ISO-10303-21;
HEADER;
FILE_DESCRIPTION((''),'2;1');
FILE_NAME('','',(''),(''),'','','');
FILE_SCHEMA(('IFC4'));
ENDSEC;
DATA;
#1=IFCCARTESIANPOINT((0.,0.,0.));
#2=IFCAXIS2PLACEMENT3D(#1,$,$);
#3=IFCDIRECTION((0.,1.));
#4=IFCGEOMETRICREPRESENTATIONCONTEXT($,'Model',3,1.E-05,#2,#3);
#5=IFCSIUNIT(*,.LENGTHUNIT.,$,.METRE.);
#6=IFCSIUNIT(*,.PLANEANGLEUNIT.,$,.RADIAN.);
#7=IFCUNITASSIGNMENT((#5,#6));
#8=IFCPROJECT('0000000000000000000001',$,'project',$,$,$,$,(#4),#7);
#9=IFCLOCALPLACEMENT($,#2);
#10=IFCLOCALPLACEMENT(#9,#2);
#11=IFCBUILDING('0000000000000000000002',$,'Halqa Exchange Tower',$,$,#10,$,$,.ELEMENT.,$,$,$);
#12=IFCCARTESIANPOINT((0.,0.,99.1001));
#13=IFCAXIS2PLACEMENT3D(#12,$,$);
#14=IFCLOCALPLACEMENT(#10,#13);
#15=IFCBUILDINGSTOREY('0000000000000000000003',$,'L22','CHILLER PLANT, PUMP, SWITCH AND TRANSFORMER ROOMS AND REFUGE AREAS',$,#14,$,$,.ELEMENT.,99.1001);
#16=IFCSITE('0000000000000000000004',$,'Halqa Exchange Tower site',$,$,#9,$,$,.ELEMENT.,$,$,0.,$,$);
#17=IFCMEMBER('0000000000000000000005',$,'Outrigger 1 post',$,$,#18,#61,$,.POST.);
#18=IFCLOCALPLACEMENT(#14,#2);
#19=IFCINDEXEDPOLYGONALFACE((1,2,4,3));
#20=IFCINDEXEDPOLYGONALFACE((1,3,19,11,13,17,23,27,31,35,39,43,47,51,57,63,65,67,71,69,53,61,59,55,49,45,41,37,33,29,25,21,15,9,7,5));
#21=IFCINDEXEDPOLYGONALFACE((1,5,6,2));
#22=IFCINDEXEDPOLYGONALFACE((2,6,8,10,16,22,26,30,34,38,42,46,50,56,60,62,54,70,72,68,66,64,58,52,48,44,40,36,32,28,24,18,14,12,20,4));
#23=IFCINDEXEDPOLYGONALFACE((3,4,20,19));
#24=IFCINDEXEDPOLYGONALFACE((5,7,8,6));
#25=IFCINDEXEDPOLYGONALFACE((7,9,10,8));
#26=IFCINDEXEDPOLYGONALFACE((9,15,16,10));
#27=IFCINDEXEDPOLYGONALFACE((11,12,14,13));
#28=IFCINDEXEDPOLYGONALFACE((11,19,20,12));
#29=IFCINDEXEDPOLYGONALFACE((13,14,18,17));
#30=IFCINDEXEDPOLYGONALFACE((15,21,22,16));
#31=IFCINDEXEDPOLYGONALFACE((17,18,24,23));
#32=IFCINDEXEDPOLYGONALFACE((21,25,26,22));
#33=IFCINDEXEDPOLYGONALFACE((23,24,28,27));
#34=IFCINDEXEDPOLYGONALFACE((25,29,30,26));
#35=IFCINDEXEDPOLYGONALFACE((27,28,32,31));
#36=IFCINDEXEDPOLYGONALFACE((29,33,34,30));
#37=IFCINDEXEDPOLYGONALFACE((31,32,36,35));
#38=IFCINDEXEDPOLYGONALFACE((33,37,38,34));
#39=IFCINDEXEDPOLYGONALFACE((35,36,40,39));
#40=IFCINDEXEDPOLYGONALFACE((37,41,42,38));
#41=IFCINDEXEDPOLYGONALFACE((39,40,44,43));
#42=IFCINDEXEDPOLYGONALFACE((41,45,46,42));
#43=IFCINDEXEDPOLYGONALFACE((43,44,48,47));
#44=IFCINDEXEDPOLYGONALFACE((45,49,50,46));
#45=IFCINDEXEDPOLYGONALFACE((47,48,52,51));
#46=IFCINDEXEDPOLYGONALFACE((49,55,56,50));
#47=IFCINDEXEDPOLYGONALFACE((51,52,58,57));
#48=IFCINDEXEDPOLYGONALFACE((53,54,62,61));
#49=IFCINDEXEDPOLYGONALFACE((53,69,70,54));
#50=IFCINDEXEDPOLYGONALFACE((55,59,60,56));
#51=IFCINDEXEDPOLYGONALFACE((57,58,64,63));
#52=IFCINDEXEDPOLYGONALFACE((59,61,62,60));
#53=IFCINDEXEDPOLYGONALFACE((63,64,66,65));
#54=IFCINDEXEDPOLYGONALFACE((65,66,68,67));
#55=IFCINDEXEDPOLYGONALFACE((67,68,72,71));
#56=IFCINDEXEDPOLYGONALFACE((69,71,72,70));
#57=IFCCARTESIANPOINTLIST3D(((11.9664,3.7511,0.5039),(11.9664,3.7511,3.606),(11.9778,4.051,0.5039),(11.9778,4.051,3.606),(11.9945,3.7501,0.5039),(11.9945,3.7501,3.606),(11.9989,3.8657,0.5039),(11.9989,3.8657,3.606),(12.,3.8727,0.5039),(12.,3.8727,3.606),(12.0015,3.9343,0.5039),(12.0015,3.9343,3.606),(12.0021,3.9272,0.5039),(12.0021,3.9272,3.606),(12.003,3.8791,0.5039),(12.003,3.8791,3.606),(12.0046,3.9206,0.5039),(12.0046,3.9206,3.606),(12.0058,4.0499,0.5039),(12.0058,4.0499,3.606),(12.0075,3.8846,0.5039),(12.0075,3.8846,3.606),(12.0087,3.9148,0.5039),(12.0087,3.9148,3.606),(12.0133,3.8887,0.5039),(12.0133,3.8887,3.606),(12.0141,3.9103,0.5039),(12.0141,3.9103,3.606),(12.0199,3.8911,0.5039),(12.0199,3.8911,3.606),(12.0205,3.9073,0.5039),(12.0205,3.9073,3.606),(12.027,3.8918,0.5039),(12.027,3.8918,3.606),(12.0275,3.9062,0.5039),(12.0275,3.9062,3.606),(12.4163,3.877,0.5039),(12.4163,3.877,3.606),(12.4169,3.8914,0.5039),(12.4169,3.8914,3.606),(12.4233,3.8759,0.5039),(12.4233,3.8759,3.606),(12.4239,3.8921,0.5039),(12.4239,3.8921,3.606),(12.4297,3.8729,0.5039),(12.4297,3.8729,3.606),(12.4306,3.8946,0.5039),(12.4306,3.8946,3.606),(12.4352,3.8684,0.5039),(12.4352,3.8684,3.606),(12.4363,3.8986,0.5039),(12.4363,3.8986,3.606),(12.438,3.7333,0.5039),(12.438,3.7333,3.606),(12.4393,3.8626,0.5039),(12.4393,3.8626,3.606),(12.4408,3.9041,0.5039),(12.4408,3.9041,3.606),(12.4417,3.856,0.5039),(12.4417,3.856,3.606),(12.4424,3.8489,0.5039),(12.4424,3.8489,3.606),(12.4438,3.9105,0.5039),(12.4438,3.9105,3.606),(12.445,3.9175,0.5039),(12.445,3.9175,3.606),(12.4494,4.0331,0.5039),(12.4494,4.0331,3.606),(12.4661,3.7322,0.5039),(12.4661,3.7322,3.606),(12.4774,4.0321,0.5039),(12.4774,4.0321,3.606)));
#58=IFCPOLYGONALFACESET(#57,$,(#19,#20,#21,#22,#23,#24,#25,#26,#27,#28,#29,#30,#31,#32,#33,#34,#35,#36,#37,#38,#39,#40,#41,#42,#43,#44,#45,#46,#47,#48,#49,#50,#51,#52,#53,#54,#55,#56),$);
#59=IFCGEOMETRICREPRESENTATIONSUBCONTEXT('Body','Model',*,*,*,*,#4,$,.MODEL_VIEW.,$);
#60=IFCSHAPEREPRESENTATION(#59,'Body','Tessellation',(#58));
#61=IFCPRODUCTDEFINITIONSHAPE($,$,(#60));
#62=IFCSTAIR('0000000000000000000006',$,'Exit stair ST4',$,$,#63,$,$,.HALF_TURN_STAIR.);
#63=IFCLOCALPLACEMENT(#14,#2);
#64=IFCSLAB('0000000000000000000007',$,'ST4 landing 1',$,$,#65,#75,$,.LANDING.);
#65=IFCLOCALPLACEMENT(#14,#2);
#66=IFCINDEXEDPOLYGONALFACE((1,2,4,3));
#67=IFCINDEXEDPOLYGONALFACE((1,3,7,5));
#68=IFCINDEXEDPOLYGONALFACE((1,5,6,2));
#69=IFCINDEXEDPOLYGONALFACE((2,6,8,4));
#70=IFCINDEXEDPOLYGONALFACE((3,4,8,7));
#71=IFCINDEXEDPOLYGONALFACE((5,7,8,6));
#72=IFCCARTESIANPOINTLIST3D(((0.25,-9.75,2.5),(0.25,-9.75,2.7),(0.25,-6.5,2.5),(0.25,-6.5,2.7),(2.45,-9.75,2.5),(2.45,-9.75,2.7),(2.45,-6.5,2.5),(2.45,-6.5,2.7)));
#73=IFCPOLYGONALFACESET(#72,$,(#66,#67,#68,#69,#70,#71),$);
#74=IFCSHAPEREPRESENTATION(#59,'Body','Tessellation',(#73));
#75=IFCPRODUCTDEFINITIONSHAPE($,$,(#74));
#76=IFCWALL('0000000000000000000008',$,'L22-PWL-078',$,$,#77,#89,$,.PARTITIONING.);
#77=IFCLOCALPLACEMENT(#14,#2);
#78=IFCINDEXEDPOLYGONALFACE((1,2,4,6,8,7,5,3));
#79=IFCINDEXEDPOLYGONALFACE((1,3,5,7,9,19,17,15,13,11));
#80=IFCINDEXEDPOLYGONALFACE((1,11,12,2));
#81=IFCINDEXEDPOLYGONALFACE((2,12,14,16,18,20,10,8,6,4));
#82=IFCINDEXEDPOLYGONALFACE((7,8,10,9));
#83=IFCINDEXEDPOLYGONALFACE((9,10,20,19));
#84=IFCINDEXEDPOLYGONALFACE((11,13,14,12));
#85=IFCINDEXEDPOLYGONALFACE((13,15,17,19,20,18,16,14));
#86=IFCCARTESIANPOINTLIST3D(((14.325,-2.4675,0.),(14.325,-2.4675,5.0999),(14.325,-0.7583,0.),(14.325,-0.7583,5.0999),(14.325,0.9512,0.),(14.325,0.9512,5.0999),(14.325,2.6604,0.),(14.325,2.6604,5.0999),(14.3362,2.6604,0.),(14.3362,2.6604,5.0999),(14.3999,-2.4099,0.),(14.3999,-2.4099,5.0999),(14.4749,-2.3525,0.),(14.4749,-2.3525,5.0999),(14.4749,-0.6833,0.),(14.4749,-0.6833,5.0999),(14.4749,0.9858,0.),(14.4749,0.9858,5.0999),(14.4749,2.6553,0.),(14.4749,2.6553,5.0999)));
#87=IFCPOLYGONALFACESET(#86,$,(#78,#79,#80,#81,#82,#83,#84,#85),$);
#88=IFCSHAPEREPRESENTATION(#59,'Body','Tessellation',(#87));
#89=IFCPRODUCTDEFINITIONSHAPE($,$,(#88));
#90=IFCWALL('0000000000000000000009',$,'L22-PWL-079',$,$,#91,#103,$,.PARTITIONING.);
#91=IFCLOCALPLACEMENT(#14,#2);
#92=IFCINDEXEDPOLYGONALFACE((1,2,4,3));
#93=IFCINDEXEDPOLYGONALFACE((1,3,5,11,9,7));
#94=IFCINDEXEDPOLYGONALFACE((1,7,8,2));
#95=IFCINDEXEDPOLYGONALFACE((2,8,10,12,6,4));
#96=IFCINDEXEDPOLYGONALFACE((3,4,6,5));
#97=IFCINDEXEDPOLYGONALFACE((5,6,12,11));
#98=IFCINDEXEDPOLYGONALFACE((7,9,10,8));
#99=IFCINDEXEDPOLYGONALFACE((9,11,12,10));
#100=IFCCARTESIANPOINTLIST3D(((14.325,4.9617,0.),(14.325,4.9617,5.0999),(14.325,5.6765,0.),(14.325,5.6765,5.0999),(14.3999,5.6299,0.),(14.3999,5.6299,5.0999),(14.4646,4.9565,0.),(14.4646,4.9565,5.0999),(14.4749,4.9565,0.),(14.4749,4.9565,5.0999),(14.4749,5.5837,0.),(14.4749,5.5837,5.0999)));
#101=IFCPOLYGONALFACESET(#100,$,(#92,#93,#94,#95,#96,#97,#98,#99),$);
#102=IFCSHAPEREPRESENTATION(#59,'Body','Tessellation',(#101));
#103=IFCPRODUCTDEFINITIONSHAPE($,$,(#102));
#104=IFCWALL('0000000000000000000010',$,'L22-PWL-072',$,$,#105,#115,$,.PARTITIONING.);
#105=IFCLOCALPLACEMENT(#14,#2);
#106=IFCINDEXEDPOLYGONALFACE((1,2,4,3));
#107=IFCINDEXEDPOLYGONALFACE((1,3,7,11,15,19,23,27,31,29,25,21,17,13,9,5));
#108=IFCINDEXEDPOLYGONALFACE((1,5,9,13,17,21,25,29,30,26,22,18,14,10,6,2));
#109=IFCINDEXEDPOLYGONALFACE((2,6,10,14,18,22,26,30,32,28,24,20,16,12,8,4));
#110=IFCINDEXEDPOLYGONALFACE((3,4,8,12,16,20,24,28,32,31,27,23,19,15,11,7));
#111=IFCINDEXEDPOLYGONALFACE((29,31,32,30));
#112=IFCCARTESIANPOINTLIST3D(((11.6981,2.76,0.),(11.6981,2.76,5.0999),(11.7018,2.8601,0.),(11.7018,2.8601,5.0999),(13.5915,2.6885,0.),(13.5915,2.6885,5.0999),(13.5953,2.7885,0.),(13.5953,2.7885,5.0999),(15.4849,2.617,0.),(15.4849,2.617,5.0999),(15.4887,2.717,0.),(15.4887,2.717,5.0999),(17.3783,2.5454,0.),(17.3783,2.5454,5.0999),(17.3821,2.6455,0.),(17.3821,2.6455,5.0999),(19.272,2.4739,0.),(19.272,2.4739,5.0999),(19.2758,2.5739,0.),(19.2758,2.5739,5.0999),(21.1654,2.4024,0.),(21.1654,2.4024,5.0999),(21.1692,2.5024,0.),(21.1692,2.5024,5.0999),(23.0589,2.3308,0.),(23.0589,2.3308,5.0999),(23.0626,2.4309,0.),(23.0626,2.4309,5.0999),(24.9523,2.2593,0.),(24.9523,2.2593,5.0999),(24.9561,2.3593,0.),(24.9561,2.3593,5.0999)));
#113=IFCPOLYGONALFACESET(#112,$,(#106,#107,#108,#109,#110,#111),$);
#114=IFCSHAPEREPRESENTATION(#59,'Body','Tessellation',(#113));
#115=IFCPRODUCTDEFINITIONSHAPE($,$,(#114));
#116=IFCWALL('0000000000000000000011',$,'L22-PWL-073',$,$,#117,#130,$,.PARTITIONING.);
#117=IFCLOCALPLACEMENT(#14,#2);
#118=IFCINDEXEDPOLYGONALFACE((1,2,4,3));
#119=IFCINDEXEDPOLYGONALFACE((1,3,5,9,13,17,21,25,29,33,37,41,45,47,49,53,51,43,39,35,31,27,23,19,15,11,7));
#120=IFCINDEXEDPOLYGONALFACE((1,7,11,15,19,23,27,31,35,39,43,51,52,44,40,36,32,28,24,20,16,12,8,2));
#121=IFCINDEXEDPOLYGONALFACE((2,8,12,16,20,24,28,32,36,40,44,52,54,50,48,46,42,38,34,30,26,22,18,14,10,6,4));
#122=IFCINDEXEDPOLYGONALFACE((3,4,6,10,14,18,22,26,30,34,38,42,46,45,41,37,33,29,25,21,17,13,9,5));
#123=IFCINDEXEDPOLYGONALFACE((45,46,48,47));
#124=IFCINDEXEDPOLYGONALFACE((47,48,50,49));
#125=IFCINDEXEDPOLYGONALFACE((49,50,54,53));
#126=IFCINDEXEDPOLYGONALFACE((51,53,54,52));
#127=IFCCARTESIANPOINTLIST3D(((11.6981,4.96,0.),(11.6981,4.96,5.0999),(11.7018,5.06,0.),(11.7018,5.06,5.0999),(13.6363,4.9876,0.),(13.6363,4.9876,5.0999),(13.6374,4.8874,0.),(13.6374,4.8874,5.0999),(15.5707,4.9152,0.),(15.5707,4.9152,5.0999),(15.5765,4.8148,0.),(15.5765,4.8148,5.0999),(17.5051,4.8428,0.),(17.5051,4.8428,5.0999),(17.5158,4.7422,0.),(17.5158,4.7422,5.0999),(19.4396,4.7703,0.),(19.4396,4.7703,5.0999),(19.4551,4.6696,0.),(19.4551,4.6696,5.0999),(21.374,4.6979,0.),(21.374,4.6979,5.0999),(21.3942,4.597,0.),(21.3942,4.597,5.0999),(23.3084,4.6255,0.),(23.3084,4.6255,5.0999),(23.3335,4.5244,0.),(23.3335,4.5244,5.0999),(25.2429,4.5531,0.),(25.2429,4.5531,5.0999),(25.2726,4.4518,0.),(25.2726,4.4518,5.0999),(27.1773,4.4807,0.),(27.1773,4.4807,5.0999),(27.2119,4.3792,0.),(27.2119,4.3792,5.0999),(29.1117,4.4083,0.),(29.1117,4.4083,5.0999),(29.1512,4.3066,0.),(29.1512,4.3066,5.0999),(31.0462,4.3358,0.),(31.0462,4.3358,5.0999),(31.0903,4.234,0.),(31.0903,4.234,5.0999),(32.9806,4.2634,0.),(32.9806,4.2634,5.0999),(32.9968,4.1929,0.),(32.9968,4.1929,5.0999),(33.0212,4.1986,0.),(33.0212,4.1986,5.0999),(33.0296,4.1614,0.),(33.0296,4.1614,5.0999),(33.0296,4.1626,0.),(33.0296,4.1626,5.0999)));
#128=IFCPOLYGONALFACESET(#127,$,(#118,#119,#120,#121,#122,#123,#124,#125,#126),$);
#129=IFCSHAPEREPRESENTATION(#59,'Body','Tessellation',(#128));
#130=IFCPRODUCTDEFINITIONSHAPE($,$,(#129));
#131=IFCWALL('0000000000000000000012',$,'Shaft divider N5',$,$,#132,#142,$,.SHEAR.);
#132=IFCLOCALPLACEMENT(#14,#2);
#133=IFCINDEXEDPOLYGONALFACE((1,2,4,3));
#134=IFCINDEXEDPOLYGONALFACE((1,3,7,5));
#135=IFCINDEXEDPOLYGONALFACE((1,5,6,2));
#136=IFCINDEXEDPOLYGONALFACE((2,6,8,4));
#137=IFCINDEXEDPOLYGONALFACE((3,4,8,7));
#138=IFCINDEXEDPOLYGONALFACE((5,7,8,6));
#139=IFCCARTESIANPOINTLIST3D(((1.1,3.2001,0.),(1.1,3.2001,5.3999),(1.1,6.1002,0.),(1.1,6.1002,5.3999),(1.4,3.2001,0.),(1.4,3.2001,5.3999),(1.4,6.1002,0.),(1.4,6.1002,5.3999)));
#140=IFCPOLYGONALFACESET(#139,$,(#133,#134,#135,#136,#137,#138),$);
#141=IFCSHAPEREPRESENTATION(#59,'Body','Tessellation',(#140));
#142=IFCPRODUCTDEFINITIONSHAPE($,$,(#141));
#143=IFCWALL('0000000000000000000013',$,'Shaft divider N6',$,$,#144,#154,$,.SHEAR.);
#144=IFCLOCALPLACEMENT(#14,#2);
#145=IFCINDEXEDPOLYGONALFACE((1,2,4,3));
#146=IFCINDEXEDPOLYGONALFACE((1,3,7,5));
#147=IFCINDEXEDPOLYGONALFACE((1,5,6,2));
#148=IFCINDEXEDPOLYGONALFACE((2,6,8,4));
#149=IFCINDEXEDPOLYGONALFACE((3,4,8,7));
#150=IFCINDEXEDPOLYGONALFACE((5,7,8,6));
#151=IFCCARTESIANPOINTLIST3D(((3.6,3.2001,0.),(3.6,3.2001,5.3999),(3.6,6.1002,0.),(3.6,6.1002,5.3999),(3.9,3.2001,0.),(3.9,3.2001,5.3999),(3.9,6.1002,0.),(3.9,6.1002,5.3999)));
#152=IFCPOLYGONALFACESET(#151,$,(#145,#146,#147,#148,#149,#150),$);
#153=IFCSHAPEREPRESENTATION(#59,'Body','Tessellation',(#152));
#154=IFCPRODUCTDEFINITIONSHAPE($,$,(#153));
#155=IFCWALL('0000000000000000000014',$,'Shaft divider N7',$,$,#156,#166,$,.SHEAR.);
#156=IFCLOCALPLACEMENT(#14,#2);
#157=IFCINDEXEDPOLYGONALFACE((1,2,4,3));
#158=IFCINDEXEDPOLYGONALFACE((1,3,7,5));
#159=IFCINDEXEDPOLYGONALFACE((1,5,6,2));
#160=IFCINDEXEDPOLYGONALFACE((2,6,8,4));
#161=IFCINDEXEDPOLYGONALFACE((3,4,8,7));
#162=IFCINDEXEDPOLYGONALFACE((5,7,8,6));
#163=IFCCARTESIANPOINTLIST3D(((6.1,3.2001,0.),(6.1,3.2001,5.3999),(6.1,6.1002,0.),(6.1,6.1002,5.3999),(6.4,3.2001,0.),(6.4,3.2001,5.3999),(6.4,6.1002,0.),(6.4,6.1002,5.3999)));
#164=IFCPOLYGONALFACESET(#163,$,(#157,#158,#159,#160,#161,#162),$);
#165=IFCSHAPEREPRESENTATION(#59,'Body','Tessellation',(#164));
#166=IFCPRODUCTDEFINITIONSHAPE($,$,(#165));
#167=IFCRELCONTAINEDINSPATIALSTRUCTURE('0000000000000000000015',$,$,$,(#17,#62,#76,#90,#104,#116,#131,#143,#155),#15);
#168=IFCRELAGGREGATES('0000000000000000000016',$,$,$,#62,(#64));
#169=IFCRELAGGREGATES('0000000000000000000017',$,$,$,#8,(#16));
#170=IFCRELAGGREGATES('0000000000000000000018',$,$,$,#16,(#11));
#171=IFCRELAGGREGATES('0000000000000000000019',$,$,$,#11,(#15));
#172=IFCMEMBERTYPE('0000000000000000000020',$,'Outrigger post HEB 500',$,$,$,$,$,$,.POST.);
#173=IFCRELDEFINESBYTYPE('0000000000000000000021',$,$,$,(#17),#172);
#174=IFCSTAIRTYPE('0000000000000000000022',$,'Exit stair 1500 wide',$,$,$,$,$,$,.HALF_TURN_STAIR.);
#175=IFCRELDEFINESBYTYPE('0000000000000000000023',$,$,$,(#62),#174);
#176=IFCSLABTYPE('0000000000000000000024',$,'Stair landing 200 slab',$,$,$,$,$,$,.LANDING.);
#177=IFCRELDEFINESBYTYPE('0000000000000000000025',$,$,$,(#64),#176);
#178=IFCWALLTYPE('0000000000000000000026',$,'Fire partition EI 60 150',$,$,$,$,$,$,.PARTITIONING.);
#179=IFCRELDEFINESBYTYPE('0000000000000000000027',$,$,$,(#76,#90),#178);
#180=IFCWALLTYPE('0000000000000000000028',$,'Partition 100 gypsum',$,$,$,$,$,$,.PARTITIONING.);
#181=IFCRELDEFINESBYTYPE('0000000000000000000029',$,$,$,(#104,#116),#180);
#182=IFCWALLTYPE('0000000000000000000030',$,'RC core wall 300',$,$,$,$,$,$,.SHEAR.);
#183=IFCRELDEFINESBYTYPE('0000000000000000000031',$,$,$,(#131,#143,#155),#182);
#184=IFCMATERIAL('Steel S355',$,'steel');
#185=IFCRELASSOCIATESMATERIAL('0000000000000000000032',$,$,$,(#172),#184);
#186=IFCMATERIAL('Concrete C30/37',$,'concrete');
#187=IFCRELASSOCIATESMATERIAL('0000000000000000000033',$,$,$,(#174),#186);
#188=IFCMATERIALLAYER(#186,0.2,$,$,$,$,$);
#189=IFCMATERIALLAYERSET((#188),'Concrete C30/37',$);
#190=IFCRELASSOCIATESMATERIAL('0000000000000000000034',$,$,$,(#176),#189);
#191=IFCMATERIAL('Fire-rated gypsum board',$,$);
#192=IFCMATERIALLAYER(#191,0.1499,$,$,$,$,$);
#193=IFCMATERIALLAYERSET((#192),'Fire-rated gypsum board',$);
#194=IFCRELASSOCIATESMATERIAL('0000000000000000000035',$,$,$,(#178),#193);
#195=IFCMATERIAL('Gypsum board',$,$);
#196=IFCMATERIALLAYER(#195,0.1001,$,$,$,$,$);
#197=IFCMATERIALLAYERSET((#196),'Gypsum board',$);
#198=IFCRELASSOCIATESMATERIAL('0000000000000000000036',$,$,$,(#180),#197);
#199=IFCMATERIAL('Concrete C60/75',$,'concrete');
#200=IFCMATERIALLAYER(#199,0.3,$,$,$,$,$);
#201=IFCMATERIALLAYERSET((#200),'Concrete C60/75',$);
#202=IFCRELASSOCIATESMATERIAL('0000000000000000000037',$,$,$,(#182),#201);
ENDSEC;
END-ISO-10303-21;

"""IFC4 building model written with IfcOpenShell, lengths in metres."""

from ifc_helpers import new_model, si_unit, direction, frame, frame_2d, origin, origin_2d, place, context, subcontext, project, spatial, polyline, rectangle, i_section, outline, extrude, material, layer, layer_set, material_profile, profile_set, type_object, element, aggregate, save


model = new_model("IFC4")

# Units and contexts
model_context = context("Model", 3, precision=1e-05, world=origin(), true_north=direction((0.0, 1.0)))
body_context = subcontext(model_context, "Body", "Model", "MODEL_VIEW")
ifc_project = project(units=[si_unit("LENGTHUNIT", "METRE"), si_unit("PLANEANGLEUNIT", "RADIAN")], contexts=[model_context])

# Site, building, storey
site_placement = place(None, origin())
site = spatial("IfcSite", under=ifc_project, at=site_placement, Name="Halqa Exchange Tower site", CompositionType="ELEMENT", RefElevation=0.0)
building_placement = place(site_placement, origin())
building = spatial("IfcBuilding", under=site, at=building_placement, Name="Halqa Exchange Tower", CompositionType="ELEMENT")
storey_placement = place(building_placement, frame((0.0, 0.0, 99.1001)))
storey = spatial("IfcBuildingStorey", under=building, at=storey_placement, Name="L22", Description="CHILLER PLANT, PUMP, SWITCH AND TRANSFORMER ROOMS AND REFUGE AREAS", CompositionType="ELEMENT", Elevation=99.1001)

# Shared definitions
ifc_material_1 = material(Name="Steel S355", Category="steel")

# Member
ifc_material_profile_1 = material_profile(ifc_material_1, i_section(OverallWidth=0.3, OverallDepth=0.5, WebThickness=0.0144, FlangeThickness=0.0281, FilletRadius=0.0271, at=origin_2d()), Name="HEB 500")
ifc_profile_set_1 = profile_set([ifc_material_profile_1], Name="Steel S355")
member_type_1 = type_object("IfcMemberType", Name="Outrigger post HEB 500", PredefinedType="POST", material=ifc_profile_set_1)
member_1_placement = place(storey_placement, frame((12.2219, 3.8916, 0.5039), z_axis=(0.0, 0.0, 1.0), x_axis=(0.037795, 0.999286, 0.0)))
element("IfcMember", 1, at=member_1_placement, inside=storey, type_object=member_type_1, Name="Outrigger 1 post", PredefinedType="POST", context=body_context, shape_type="SweptSolid", body=[
    extrude(i_section(OverallWidth=0.3, OverallDepth=0.5, WebThickness=0.0144, FlangeThickness=0.0281, FilletRadius=0.0271, at=origin_2d()), origin(), (0.0, 0.0, 1.0), 3.1021),
])

# Stair, slab
ifc_material_2 = material(Name="Concrete C30/37", Category="concrete")
stair_type = type_object("IfcStairType", Name="Exit stair 1500 wide", PredefinedType="HALF_TURN_STAIR", material=ifc_material_2)
stair_1_placement = place(storey_placement, origin())
stair_1 = element("IfcStair", 2, at=stair_1_placement, inside=storey, type_object=stair_type, Name="Exit stair ST4", PredefinedType="HALF_TURN_STAIR")
ifc_layer_1 = layer(ifc_material_2, 0.2)
ifc_layer_set_1 = layer_set([ifc_layer_1], Name="Concrete C30/37")
slab_type = type_object("IfcSlabType", Name="Stair landing 200 slab", PredefinedType="LANDING", material=ifc_layer_set_1)
slab_placement = place(storey_placement, frame((0.0, 0.0, 2.5)))
slab = element("IfcSlab", 3, at=slab_placement, type_object=slab_type, Name="ST4 landing 1", PredefinedType="LANDING", context=body_context, shape_type="SweptSolid", body=[
    extrude(outline(polyline([(0.25, -9.75), (2.45, -9.75), (2.45, -6.5), (0.25, -6.5), (0.25, -9.75)])), origin(), (0.0, 0.0, 1.0), 0.2),
])
aggregate(stair_1, [slab])

# Walls
ifc_material_3 = material(Name="Fire-rated gypsum board")
ifc_layer_2 = layer(ifc_material_3, 0.1499)
ifc_layer_set_2 = layer_set([ifc_layer_2], Name="Fire-rated gypsum board")
wall_type_1 = type_object("IfcWallType", Name="Fire partition EI 60 150", PredefinedType="PARTITIONING", material=ifc_layer_set_2)
wall_1_placement = place(storey_placement, frame((14.3999, 2.6604, 0.0), z_axis=(0.0, 0.0, 1.0), x_axis=(0.0, -1.0, 0.0)))
element("IfcWall", 4, at=wall_1_placement, inside=storey, type_object=wall_type_1, Name="L22-PWL-078", PredefinedType="PARTITIONING", context=body_context, shape_type="SweptSolid", body=[
    extrude(outline(polyline([(5.1279, -0.075), (5.1279, -0.075), (5.1279, -0.075), (5.1279, -0.075), (5.0703, 0.0), (5.0129, 0.075), (3.3438, 0.075), (1.6746, 0.075), (0.0051, 0.075), (0.0, -0.0637), (0.0, -0.075), (1.7092, -0.075), (3.4187, -0.075), (5.1279, -0.075)])), origin(), (0.0, 0.0, 1.0), 5.0999),
])
wall_2_placement = place(storey_placement, frame((14.3999, 5.6765, 0.0), z_axis=(0.0, 0.0, 1.0), x_axis=(0.0, -1.0, 0.0)))
element("IfcWall", 5, at=wall_2_placement, inside=storey, type_object=wall_type_1, Name="L22-PWL-079", PredefinedType="PARTITIONING", context=body_context, shape_type="SweptSolid", body=[
    extrude(outline(polyline([(0.0, -0.075), (0.7148, -0.075), (0.72, 0.0647), (0.72, 0.075), (0.0928, 0.075), (0.0466, 0.0), (0.0, -0.075)])), origin(), (0.0, 0.0, 1.0), 5.0999),
])
ifc_material_4 = material(Name="Gypsum board")
ifc_layer_3 = layer(ifc_material_4, 0.1001)
ifc_layer_set_3 = layer_set([ifc_layer_3], Name="Gypsum board")
wall_type_2 = type_object("IfcWallType", Name="Partition 100 gypsum", PredefinedType="PARTITIONING", material=ifc_layer_set_3)
wall_3_placement = place(storey_placement, frame((11.7, 2.8101, 0.0), z_axis=(0.0, 0.0, 1.0), x_axis=(0.999287, -0.037752, 0.0)))
element("IfcWall", 6, at=wall_3_placement, inside=storey, type_object=wall_type_2, Name="L22-PWL-072", PredefinedType="PARTITIONING", context=body_context, shape_type="SweptSolid", body=[
    extrude(outline(polyline([(0.0, 0.05), (0.0, -0.05), (1.8948, -0.05), (3.7896, -0.05), (5.6843, -0.05), (7.5793, -0.05), (9.4741, -0.05), (11.3689, -0.05), (13.2637, -0.05), (13.2637, 0.05), (11.3689, 0.05), (9.4741, 0.05), (7.5793, 0.05), (5.6843, 0.05), (3.7896, 0.05), (1.8948, 0.05), (0.0, 0.05)])), origin(), (0.0, 0.0, 1.0), 5.0999),
])
wall_4_placement = place(storey_placement, frame((11.7, 5.01, 0.0), z_axis=(0.0, 0.0, 1.0), x_axis=(0.9993, -0.037411, 0.0)))
element("IfcWall", 7, at=wall_4_placement, inside=storey, type_object=wall_type_2, Name="L22-PWL-073", PredefinedType="PARTITIONING", context=body_context, shape_type="SweptSolid", body=[
    extrude(outline(polyline([(21.3464, -0.05), (21.3464, -0.0488), (21.3367, -0.0132), (21.3125, -0.0198), (21.2937, 0.05), (19.3579, 0.05), (17.4221, 0.05), (15.4863, 0.05), (13.5505, 0.05), (11.6147, 0.05), (9.679, 0.05), (7.7432, 0.05), (5.8074, 0.05), (3.8716, 0.05), (1.9358, 0.05), (0.0, 0.05), (0.0, -0.05), (1.9407, -0.05), (3.8811, -0.05), (5.8218, -0.05), (7.7625, -0.05), (9.7029, -0.05), (11.6436, -0.05), (13.584, -0.05), (15.5247, -0.05), (17.4653, -0.05), (19.4058, -0.05), (21.3464, -0.05)])), origin(), (0.0, 0.0, 1.0), 5.0999),
])
ifc_material_5 = material(Name="Concrete C60/75", Category="concrete")
ifc_layer_4 = layer(ifc_material_5, 0.3)
ifc_layer_set_4 = layer_set([ifc_layer_4], Name="Concrete C60/75")
wall_type_3 = type_object("IfcWallType", Name="RC core wall 300", PredefinedType="SHEAR", material=ifc_layer_set_4)
for number, where, z_axis, x_axis, name in (
    (8, (1.25, 3.2, 0.0), (0.0, 0.0, 1.0), (0.0, 1.0, 0.0), "Shaft divider N5"),
    (9, (3.75, 3.2, 0.0), (0.0, 0.0, 1.0), (0.0, 1.0, 0.0), "Shaft divider N6"),
    (10, (6.25, 3.2, 0.0), (0.0, 0.0, 1.0), (0.0, 1.0, 0.0), "Shaft divider N7"),
):
    element("IfcWall", number, at=place(storey_placement, frame(where, z_axis=z_axis, x_axis=x_axis)), inside=storey, type_object=wall_type_3, Name=name, PredefinedType="SHEAR", context=body_context, shape_type="SweptSolid", body=[
        extrude(rectangle(XDim=2.9001, YDim=0.3, at=frame_2d((1.4502, 0.0))), origin(), (0.0, 0.0, 1.0), 5.3999),
    ])

save(model, "model.ifc")
